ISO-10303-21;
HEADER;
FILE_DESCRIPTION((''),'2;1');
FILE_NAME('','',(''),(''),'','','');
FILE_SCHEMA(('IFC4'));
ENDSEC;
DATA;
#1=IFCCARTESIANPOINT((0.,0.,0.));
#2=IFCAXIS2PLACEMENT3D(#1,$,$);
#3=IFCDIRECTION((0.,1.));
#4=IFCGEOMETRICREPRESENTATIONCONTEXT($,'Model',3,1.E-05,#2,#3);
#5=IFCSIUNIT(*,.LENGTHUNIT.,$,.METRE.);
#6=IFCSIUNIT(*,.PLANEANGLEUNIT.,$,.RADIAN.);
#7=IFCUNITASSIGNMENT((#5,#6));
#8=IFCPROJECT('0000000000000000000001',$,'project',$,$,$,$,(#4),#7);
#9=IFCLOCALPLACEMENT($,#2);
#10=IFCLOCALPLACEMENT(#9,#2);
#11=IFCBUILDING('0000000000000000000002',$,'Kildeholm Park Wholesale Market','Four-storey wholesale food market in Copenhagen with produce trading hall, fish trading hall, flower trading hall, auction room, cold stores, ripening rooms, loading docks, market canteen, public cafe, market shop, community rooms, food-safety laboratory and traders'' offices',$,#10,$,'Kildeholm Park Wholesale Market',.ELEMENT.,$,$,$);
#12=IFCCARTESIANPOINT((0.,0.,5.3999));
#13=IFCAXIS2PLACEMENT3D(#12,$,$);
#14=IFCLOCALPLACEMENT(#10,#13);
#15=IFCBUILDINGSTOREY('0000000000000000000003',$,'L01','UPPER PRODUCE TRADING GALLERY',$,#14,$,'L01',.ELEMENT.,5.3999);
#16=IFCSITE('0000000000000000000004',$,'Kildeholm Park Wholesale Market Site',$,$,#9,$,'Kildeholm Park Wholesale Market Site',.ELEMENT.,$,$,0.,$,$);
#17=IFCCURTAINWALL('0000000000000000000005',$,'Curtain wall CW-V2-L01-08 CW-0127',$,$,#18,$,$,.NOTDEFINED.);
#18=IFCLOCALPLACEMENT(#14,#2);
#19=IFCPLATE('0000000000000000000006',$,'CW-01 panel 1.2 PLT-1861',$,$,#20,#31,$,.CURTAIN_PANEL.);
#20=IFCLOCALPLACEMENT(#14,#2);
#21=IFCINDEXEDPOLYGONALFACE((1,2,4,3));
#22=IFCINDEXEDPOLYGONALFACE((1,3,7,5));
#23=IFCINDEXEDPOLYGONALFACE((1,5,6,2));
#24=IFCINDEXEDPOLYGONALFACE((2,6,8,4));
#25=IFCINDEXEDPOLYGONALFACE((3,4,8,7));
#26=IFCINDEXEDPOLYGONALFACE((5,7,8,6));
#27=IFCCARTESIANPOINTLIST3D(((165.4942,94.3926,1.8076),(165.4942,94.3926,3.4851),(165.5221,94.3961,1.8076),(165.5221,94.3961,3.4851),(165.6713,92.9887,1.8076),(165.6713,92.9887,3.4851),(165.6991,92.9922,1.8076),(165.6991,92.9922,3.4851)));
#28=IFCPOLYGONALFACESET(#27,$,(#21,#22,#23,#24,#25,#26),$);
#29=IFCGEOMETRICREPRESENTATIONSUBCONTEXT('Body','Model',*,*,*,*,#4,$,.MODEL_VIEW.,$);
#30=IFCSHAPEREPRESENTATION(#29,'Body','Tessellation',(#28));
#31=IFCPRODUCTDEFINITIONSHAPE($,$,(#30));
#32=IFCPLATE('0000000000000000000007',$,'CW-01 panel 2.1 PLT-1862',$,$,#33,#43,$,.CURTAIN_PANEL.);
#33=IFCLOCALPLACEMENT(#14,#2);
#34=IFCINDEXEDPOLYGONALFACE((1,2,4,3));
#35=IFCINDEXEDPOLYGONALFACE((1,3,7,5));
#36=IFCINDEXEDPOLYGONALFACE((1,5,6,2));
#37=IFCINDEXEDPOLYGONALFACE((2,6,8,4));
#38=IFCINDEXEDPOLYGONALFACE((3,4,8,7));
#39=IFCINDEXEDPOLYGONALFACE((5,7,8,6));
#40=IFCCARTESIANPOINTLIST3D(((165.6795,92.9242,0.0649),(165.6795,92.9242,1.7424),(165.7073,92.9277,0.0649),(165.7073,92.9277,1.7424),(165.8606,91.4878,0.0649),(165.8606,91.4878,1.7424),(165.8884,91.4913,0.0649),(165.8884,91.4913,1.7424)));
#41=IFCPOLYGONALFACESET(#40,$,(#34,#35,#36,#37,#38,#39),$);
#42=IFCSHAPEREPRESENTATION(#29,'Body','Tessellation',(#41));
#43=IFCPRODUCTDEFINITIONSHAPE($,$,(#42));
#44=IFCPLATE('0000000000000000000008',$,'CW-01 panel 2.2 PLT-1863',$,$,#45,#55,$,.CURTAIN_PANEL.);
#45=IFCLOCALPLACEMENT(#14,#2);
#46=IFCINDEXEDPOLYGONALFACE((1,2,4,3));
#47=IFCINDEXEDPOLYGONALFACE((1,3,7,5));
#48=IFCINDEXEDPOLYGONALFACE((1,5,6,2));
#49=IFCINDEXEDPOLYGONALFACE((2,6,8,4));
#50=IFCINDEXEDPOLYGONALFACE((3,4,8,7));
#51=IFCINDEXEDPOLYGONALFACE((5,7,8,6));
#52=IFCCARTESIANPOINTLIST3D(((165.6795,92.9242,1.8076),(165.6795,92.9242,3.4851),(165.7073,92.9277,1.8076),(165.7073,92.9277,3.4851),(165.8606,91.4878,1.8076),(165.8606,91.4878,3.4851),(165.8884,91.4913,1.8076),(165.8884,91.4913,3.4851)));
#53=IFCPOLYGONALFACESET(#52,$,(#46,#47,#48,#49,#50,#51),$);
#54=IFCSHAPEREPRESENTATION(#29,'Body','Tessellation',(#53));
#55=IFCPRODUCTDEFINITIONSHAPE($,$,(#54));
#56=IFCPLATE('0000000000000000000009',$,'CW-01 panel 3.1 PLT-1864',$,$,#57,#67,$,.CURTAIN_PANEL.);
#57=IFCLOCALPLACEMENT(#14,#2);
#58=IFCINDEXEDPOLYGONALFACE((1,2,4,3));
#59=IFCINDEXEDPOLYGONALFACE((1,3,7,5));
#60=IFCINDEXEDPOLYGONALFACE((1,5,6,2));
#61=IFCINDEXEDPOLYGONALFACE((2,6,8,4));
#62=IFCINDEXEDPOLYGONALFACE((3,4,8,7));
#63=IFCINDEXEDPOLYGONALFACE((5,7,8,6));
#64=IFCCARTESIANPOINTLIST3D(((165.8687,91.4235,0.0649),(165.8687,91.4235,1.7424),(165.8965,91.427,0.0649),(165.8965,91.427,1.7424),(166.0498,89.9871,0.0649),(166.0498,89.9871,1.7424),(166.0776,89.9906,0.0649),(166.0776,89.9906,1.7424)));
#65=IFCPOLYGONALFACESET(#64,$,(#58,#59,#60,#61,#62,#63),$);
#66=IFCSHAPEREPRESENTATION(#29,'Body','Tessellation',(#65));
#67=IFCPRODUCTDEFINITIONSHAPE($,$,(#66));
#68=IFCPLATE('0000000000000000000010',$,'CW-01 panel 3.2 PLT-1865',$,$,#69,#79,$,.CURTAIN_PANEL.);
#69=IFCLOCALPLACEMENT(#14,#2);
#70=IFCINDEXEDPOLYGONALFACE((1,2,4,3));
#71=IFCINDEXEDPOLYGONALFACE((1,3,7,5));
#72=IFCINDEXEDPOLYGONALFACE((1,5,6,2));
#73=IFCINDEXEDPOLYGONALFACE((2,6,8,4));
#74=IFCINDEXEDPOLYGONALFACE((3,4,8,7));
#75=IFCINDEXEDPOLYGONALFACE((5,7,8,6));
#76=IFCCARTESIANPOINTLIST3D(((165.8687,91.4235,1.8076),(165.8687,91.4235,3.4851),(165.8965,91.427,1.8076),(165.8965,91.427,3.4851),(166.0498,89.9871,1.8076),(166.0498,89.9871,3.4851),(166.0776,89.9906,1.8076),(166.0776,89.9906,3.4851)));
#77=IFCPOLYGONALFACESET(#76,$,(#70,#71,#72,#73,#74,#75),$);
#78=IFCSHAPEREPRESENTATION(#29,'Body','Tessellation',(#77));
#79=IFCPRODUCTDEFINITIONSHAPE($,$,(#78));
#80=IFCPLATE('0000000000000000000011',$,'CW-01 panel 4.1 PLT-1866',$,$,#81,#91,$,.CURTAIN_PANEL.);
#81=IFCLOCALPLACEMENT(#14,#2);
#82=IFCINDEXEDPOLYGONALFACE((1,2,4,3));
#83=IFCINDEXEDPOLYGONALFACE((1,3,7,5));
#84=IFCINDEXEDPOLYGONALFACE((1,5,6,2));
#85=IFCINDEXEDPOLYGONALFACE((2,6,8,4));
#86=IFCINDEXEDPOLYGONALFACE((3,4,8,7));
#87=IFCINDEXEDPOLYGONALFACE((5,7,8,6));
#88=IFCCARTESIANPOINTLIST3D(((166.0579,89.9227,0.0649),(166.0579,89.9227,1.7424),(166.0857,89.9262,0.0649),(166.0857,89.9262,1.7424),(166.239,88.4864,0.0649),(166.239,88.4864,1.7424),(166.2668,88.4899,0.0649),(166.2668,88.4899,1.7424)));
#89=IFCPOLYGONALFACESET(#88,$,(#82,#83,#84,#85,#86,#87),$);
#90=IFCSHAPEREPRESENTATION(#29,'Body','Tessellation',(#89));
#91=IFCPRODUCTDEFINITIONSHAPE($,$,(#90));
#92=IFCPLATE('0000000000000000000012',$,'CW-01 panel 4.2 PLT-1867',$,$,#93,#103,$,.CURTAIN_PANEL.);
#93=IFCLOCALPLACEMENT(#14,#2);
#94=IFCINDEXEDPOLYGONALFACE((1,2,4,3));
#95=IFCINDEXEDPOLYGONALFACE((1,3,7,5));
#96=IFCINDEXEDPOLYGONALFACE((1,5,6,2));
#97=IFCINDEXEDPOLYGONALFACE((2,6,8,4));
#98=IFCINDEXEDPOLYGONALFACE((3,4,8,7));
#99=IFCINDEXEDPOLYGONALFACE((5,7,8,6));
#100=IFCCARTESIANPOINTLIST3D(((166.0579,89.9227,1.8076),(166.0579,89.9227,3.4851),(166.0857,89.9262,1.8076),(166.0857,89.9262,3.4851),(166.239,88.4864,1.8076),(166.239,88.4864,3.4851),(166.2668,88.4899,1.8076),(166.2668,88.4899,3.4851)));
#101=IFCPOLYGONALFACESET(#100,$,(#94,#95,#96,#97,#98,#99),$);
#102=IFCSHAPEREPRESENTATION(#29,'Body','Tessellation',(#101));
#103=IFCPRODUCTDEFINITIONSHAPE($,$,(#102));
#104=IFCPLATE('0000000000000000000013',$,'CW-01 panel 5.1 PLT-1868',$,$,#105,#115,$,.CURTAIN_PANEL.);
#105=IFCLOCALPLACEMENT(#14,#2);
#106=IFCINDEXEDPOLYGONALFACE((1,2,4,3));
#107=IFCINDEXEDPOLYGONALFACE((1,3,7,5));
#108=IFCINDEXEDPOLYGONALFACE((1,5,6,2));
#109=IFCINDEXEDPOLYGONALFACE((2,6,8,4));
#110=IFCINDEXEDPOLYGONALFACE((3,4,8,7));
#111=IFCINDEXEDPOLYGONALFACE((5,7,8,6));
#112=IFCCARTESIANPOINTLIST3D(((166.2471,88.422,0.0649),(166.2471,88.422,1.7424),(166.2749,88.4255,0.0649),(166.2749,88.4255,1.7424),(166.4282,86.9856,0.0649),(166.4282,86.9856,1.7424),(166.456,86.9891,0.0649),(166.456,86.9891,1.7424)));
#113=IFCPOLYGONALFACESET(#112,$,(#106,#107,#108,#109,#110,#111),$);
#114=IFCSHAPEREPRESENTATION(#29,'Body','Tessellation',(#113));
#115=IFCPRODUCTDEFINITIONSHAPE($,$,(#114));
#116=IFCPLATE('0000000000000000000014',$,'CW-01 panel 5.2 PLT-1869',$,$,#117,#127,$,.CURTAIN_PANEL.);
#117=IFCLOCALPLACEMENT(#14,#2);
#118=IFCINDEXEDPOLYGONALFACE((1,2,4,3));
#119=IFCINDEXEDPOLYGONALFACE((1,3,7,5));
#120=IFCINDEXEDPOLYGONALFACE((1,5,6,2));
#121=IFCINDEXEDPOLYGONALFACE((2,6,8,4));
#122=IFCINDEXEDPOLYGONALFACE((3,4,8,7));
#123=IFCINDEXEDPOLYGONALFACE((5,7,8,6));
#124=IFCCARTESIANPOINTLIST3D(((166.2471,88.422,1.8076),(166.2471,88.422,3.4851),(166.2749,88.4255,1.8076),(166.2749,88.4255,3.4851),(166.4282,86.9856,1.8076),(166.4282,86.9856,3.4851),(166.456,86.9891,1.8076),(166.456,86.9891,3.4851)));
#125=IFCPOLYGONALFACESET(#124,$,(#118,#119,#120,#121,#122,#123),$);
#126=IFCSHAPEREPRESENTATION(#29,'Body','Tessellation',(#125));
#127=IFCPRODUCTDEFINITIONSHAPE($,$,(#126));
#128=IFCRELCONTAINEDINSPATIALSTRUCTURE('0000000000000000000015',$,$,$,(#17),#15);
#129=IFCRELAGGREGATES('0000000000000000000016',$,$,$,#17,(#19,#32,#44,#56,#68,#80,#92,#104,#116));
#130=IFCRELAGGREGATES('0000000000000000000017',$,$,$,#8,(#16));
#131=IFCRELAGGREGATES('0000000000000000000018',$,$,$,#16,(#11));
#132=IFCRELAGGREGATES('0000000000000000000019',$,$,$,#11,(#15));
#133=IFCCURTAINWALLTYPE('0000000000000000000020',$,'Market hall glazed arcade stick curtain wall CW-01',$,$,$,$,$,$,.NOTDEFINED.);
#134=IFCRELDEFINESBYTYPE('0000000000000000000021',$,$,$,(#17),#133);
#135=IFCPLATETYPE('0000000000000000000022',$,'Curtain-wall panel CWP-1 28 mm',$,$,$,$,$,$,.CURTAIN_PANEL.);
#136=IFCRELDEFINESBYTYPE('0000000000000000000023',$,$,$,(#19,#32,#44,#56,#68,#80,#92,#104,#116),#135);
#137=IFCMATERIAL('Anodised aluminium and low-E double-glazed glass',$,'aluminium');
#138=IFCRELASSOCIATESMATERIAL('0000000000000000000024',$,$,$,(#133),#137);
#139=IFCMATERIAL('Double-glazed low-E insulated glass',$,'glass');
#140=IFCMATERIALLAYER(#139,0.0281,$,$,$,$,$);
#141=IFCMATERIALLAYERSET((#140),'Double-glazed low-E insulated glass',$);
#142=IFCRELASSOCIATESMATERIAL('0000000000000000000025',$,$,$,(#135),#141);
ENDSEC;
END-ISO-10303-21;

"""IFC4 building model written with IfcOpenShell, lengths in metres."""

from ifc_helpers import new_model, si_unit, direction, frame, origin, origin_2d, place, context, subcontext, project, spatial, rectangle, extrude, material, layer, layer_set, type_object, element, aggregate, save


model = new_model("IFC4")

# Units and contexts
model_context = context("Model", 3, precision=1e-05, world=origin(), true_north=direction((0.0, 1.0)))
body_context = subcontext(model_context, "Body", "Model", "MODEL_VIEW")
ifc_project = project(units=[si_unit("LENGTHUNIT", "METRE"), si_unit("PLANEANGLEUNIT", "RADIAN")], contexts=[model_context])

# Site, building, storey
site_placement = place(None, origin())
site = spatial("IfcSite", under=ifc_project, at=site_placement, Name="Kildeholm Park Wholesale Market Site", LongName="Kildeholm Park Wholesale Market Site", CompositionType="ELEMENT", RefElevation=0.0)
building_placement = place(site_placement, origin())
building = spatial("IfcBuilding", under=site, at=building_placement, Name="Kildeholm Park Wholesale Market", Description="Four-storey wholesale food market in Copenhagen with produce trading hall, fish trading hall, flower trading hall, auction room, cold stores, ripening rooms, loading docks, market canteen, public cafe, market shop, community rooms, food-safety laboratory and traders' offices", LongName="Kildeholm Park Wholesale Market", CompositionType="ELEMENT")
storey_placement = place(building_placement, frame((0.0, 0.0, 5.3999)))
storey = spatial("IfcBuildingStorey", under=building, at=storey_placement, Name="L01", Description="UPPER PRODUCE TRADING GALLERY", LongName="L01", CompositionType="ELEMENT", Elevation=5.3999)

# Curtain wall
ifc_material_1 = material(Name="Anodised aluminium and low-E double-glazed glass", Category="aluminium")
curtain_wall_type = type_object("IfcCurtainWallType", Name="Market hall glazed arcade stick curtain wall CW-01", PredefinedType="NOTDEFINED", material=ifc_material_1)
curtain_wall_1_placement = place(storey_placement, origin())
curtain_wall_1 = element("IfcCurtainWall", 1, at=curtain_wall_1_placement, inside=storey, type_object=curtain_wall_type, Name="Curtain wall CW-V2-L01-08 CW-0127", PredefinedType="NOTDEFINED")

# Plates
ifc_material_2 = material(Name="Double-glazed low-E insulated glass", Category="glass")
ifc_layer = layer(ifc_material_2, 0.0281)
ifc_layer_set = layer_set([ifc_layer], Name="Double-glazed low-E insulated glass")
plate_type = type_object("IfcPlateType", Name="Curtain-wall panel CWP-1 28 mm", PredefinedType="CURTAIN_PANEL", material=ifc_layer_set)
plate_1_placement = place(storey_placement, frame((165.5967, 93.6924, 1.8076), z_axis=(0.0, 0.0, 1.0), x_axis=(0.125092, -0.992145, 0.0)))
plate_1 = element("IfcPlate", 2, at=plate_1_placement, type_object=plate_type, Name="CW-01 panel 1.2 PLT-1861", PredefinedType="CURTAIN_PANEL", context=body_context, shape_type="SweptSolid", body=[
    extrude(rectangle(XDim=1.415, YDim=0.0281, at=origin_2d()), origin(), (0.0, 0.0, 1.0), 1.6775),
])
plate_2_placement = place(storey_placement, frame((165.7839, 92.2078, 0.0649), z_axis=(0.0, 0.0, 1.0), x_axis=(0.125092, -0.992145, 0.0)))
plate_2 = element("IfcPlate", 3, at=plate_2_placement, type_object=plate_type, Name="CW-01 panel 2.1 PLT-1862", PredefinedType="CURTAIN_PANEL", context=body_context, shape_type="SweptSolid", body=[
    extrude(rectangle(XDim=1.4478, YDim=0.0281, at=origin_2d()), origin(), (0.0, 0.0, 1.0), 1.6775),
])
plate_3_placement = place(storey_placement, frame((165.7839, 92.2078, 1.8076), z_axis=(0.0, 0.0, 1.0), x_axis=(0.125092, -0.992145, 0.0)))
plate_3 = element("IfcPlate", 4, at=plate_3_placement, type_object=plate_type, Name="CW-01 panel 2.2 PLT-1863", PredefinedType="CURTAIN_PANEL", context=body_context, shape_type="SweptSolid", body=[
    extrude(rectangle(XDim=1.4478, YDim=0.0281, at=origin_2d()), origin(), (0.0, 0.0, 1.0), 1.6775),
])
plate_4_placement = place(storey_placement, frame((165.9731, 90.707, 0.0649), z_axis=(0.0, 0.0, 1.0), x_axis=(0.125092, -0.992145, 0.0)))
plate_4 = element("IfcPlate", 5, at=plate_4_placement, type_object=plate_type, Name="CW-01 panel 3.1 PLT-1864", PredefinedType="CURTAIN_PANEL", context=body_context, shape_type="SweptSolid", body=[
    extrude(rectangle(XDim=1.4478, YDim=0.0281, at=origin_2d()), origin(), (0.0, 0.0, 1.0), 1.6775),
])
plate_5_placement = place(storey_placement, frame((165.9731, 90.707, 1.8076), z_axis=(0.0, 0.0, 1.0), x_axis=(0.125092, -0.992145, 0.0)))
plate_5 = element("IfcPlate", 6, at=plate_5_placement, type_object=plate_type, Name="CW-01 panel 3.2 PLT-1865", PredefinedType="CURTAIN_PANEL", context=body_context, shape_type="SweptSolid", body=[
    extrude(rectangle(XDim=1.4478, YDim=0.0281, at=origin_2d()), origin(), (0.0, 0.0, 1.0), 1.6775),
])
plate_6_placement = place(storey_placement, frame((166.1624, 89.2063, 0.0649), z_axis=(0.0, 0.0, 1.0), x_axis=(0.125092, -0.992145, 0.0)))
plate_6 = element("IfcPlate", 7, at=plate_6_placement, type_object=plate_type, Name="CW-01 panel 4.1 PLT-1866", PredefinedType="CURTAIN_PANEL", context=body_context, shape_type="SweptSolid", body=[
    extrude(rectangle(XDim=1.4478, YDim=0.0281, at=origin_2d()), origin(), (0.0, 0.0, 1.0), 1.6775),
])
plate_7_placement = place(storey_placement, frame((166.1624, 89.2063, 1.8076), z_axis=(0.0, 0.0, 1.0), x_axis=(0.125092, -0.992145, 0.0)))
plate_7 = element("IfcPlate", 8, at=plate_7_placement, type_object=plate_type, Name="CW-01 panel 4.2 PLT-1867", PredefinedType="CURTAIN_PANEL", context=body_context, shape_type="SweptSolid", body=[
    extrude(rectangle(XDim=1.4478, YDim=0.0281, at=origin_2d()), origin(), (0.0, 0.0, 1.0), 1.6775),
])
plate_8_placement = place(storey_placement, frame((166.3516, 87.7056, 0.0649), z_axis=(0.0, 0.0, 1.0), x_axis=(0.125092, -0.992145, 0.0)))
plate_8 = element("IfcPlate", 9, at=plate_8_placement, type_object=plate_type, Name="CW-01 panel 5.1 PLT-1868", PredefinedType="CURTAIN_PANEL", context=body_context, shape_type="SweptSolid", body=[
    extrude(rectangle(XDim=1.4478, YDim=0.0281, at=origin_2d()), origin(), (0.0, 0.0, 1.0), 1.6775),
])
plate_9_placement = place(storey_placement, frame((166.3516, 87.7056, 1.8076), z_axis=(0.0, 0.0, 1.0), x_axis=(0.125092, -0.992145, 0.0)))
plate_9 = element("IfcPlate", 10, at=plate_9_placement, type_object=plate_type, Name="CW-01 panel 5.2 PLT-1869", PredefinedType="CURTAIN_PANEL", context=body_context, shape_type="SweptSolid", body=[
    extrude(rectangle(XDim=1.4478, YDim=0.0281, at=origin_2d()), origin(), (0.0, 0.0, 1.0), 1.6775),
])
aggregate(curtain_wall_1, [plate_1, plate_2, plate_3, plate_4, plate_5, plate_6, plate_7, plate_8, plate_9])

save(model, "model.ifc")
